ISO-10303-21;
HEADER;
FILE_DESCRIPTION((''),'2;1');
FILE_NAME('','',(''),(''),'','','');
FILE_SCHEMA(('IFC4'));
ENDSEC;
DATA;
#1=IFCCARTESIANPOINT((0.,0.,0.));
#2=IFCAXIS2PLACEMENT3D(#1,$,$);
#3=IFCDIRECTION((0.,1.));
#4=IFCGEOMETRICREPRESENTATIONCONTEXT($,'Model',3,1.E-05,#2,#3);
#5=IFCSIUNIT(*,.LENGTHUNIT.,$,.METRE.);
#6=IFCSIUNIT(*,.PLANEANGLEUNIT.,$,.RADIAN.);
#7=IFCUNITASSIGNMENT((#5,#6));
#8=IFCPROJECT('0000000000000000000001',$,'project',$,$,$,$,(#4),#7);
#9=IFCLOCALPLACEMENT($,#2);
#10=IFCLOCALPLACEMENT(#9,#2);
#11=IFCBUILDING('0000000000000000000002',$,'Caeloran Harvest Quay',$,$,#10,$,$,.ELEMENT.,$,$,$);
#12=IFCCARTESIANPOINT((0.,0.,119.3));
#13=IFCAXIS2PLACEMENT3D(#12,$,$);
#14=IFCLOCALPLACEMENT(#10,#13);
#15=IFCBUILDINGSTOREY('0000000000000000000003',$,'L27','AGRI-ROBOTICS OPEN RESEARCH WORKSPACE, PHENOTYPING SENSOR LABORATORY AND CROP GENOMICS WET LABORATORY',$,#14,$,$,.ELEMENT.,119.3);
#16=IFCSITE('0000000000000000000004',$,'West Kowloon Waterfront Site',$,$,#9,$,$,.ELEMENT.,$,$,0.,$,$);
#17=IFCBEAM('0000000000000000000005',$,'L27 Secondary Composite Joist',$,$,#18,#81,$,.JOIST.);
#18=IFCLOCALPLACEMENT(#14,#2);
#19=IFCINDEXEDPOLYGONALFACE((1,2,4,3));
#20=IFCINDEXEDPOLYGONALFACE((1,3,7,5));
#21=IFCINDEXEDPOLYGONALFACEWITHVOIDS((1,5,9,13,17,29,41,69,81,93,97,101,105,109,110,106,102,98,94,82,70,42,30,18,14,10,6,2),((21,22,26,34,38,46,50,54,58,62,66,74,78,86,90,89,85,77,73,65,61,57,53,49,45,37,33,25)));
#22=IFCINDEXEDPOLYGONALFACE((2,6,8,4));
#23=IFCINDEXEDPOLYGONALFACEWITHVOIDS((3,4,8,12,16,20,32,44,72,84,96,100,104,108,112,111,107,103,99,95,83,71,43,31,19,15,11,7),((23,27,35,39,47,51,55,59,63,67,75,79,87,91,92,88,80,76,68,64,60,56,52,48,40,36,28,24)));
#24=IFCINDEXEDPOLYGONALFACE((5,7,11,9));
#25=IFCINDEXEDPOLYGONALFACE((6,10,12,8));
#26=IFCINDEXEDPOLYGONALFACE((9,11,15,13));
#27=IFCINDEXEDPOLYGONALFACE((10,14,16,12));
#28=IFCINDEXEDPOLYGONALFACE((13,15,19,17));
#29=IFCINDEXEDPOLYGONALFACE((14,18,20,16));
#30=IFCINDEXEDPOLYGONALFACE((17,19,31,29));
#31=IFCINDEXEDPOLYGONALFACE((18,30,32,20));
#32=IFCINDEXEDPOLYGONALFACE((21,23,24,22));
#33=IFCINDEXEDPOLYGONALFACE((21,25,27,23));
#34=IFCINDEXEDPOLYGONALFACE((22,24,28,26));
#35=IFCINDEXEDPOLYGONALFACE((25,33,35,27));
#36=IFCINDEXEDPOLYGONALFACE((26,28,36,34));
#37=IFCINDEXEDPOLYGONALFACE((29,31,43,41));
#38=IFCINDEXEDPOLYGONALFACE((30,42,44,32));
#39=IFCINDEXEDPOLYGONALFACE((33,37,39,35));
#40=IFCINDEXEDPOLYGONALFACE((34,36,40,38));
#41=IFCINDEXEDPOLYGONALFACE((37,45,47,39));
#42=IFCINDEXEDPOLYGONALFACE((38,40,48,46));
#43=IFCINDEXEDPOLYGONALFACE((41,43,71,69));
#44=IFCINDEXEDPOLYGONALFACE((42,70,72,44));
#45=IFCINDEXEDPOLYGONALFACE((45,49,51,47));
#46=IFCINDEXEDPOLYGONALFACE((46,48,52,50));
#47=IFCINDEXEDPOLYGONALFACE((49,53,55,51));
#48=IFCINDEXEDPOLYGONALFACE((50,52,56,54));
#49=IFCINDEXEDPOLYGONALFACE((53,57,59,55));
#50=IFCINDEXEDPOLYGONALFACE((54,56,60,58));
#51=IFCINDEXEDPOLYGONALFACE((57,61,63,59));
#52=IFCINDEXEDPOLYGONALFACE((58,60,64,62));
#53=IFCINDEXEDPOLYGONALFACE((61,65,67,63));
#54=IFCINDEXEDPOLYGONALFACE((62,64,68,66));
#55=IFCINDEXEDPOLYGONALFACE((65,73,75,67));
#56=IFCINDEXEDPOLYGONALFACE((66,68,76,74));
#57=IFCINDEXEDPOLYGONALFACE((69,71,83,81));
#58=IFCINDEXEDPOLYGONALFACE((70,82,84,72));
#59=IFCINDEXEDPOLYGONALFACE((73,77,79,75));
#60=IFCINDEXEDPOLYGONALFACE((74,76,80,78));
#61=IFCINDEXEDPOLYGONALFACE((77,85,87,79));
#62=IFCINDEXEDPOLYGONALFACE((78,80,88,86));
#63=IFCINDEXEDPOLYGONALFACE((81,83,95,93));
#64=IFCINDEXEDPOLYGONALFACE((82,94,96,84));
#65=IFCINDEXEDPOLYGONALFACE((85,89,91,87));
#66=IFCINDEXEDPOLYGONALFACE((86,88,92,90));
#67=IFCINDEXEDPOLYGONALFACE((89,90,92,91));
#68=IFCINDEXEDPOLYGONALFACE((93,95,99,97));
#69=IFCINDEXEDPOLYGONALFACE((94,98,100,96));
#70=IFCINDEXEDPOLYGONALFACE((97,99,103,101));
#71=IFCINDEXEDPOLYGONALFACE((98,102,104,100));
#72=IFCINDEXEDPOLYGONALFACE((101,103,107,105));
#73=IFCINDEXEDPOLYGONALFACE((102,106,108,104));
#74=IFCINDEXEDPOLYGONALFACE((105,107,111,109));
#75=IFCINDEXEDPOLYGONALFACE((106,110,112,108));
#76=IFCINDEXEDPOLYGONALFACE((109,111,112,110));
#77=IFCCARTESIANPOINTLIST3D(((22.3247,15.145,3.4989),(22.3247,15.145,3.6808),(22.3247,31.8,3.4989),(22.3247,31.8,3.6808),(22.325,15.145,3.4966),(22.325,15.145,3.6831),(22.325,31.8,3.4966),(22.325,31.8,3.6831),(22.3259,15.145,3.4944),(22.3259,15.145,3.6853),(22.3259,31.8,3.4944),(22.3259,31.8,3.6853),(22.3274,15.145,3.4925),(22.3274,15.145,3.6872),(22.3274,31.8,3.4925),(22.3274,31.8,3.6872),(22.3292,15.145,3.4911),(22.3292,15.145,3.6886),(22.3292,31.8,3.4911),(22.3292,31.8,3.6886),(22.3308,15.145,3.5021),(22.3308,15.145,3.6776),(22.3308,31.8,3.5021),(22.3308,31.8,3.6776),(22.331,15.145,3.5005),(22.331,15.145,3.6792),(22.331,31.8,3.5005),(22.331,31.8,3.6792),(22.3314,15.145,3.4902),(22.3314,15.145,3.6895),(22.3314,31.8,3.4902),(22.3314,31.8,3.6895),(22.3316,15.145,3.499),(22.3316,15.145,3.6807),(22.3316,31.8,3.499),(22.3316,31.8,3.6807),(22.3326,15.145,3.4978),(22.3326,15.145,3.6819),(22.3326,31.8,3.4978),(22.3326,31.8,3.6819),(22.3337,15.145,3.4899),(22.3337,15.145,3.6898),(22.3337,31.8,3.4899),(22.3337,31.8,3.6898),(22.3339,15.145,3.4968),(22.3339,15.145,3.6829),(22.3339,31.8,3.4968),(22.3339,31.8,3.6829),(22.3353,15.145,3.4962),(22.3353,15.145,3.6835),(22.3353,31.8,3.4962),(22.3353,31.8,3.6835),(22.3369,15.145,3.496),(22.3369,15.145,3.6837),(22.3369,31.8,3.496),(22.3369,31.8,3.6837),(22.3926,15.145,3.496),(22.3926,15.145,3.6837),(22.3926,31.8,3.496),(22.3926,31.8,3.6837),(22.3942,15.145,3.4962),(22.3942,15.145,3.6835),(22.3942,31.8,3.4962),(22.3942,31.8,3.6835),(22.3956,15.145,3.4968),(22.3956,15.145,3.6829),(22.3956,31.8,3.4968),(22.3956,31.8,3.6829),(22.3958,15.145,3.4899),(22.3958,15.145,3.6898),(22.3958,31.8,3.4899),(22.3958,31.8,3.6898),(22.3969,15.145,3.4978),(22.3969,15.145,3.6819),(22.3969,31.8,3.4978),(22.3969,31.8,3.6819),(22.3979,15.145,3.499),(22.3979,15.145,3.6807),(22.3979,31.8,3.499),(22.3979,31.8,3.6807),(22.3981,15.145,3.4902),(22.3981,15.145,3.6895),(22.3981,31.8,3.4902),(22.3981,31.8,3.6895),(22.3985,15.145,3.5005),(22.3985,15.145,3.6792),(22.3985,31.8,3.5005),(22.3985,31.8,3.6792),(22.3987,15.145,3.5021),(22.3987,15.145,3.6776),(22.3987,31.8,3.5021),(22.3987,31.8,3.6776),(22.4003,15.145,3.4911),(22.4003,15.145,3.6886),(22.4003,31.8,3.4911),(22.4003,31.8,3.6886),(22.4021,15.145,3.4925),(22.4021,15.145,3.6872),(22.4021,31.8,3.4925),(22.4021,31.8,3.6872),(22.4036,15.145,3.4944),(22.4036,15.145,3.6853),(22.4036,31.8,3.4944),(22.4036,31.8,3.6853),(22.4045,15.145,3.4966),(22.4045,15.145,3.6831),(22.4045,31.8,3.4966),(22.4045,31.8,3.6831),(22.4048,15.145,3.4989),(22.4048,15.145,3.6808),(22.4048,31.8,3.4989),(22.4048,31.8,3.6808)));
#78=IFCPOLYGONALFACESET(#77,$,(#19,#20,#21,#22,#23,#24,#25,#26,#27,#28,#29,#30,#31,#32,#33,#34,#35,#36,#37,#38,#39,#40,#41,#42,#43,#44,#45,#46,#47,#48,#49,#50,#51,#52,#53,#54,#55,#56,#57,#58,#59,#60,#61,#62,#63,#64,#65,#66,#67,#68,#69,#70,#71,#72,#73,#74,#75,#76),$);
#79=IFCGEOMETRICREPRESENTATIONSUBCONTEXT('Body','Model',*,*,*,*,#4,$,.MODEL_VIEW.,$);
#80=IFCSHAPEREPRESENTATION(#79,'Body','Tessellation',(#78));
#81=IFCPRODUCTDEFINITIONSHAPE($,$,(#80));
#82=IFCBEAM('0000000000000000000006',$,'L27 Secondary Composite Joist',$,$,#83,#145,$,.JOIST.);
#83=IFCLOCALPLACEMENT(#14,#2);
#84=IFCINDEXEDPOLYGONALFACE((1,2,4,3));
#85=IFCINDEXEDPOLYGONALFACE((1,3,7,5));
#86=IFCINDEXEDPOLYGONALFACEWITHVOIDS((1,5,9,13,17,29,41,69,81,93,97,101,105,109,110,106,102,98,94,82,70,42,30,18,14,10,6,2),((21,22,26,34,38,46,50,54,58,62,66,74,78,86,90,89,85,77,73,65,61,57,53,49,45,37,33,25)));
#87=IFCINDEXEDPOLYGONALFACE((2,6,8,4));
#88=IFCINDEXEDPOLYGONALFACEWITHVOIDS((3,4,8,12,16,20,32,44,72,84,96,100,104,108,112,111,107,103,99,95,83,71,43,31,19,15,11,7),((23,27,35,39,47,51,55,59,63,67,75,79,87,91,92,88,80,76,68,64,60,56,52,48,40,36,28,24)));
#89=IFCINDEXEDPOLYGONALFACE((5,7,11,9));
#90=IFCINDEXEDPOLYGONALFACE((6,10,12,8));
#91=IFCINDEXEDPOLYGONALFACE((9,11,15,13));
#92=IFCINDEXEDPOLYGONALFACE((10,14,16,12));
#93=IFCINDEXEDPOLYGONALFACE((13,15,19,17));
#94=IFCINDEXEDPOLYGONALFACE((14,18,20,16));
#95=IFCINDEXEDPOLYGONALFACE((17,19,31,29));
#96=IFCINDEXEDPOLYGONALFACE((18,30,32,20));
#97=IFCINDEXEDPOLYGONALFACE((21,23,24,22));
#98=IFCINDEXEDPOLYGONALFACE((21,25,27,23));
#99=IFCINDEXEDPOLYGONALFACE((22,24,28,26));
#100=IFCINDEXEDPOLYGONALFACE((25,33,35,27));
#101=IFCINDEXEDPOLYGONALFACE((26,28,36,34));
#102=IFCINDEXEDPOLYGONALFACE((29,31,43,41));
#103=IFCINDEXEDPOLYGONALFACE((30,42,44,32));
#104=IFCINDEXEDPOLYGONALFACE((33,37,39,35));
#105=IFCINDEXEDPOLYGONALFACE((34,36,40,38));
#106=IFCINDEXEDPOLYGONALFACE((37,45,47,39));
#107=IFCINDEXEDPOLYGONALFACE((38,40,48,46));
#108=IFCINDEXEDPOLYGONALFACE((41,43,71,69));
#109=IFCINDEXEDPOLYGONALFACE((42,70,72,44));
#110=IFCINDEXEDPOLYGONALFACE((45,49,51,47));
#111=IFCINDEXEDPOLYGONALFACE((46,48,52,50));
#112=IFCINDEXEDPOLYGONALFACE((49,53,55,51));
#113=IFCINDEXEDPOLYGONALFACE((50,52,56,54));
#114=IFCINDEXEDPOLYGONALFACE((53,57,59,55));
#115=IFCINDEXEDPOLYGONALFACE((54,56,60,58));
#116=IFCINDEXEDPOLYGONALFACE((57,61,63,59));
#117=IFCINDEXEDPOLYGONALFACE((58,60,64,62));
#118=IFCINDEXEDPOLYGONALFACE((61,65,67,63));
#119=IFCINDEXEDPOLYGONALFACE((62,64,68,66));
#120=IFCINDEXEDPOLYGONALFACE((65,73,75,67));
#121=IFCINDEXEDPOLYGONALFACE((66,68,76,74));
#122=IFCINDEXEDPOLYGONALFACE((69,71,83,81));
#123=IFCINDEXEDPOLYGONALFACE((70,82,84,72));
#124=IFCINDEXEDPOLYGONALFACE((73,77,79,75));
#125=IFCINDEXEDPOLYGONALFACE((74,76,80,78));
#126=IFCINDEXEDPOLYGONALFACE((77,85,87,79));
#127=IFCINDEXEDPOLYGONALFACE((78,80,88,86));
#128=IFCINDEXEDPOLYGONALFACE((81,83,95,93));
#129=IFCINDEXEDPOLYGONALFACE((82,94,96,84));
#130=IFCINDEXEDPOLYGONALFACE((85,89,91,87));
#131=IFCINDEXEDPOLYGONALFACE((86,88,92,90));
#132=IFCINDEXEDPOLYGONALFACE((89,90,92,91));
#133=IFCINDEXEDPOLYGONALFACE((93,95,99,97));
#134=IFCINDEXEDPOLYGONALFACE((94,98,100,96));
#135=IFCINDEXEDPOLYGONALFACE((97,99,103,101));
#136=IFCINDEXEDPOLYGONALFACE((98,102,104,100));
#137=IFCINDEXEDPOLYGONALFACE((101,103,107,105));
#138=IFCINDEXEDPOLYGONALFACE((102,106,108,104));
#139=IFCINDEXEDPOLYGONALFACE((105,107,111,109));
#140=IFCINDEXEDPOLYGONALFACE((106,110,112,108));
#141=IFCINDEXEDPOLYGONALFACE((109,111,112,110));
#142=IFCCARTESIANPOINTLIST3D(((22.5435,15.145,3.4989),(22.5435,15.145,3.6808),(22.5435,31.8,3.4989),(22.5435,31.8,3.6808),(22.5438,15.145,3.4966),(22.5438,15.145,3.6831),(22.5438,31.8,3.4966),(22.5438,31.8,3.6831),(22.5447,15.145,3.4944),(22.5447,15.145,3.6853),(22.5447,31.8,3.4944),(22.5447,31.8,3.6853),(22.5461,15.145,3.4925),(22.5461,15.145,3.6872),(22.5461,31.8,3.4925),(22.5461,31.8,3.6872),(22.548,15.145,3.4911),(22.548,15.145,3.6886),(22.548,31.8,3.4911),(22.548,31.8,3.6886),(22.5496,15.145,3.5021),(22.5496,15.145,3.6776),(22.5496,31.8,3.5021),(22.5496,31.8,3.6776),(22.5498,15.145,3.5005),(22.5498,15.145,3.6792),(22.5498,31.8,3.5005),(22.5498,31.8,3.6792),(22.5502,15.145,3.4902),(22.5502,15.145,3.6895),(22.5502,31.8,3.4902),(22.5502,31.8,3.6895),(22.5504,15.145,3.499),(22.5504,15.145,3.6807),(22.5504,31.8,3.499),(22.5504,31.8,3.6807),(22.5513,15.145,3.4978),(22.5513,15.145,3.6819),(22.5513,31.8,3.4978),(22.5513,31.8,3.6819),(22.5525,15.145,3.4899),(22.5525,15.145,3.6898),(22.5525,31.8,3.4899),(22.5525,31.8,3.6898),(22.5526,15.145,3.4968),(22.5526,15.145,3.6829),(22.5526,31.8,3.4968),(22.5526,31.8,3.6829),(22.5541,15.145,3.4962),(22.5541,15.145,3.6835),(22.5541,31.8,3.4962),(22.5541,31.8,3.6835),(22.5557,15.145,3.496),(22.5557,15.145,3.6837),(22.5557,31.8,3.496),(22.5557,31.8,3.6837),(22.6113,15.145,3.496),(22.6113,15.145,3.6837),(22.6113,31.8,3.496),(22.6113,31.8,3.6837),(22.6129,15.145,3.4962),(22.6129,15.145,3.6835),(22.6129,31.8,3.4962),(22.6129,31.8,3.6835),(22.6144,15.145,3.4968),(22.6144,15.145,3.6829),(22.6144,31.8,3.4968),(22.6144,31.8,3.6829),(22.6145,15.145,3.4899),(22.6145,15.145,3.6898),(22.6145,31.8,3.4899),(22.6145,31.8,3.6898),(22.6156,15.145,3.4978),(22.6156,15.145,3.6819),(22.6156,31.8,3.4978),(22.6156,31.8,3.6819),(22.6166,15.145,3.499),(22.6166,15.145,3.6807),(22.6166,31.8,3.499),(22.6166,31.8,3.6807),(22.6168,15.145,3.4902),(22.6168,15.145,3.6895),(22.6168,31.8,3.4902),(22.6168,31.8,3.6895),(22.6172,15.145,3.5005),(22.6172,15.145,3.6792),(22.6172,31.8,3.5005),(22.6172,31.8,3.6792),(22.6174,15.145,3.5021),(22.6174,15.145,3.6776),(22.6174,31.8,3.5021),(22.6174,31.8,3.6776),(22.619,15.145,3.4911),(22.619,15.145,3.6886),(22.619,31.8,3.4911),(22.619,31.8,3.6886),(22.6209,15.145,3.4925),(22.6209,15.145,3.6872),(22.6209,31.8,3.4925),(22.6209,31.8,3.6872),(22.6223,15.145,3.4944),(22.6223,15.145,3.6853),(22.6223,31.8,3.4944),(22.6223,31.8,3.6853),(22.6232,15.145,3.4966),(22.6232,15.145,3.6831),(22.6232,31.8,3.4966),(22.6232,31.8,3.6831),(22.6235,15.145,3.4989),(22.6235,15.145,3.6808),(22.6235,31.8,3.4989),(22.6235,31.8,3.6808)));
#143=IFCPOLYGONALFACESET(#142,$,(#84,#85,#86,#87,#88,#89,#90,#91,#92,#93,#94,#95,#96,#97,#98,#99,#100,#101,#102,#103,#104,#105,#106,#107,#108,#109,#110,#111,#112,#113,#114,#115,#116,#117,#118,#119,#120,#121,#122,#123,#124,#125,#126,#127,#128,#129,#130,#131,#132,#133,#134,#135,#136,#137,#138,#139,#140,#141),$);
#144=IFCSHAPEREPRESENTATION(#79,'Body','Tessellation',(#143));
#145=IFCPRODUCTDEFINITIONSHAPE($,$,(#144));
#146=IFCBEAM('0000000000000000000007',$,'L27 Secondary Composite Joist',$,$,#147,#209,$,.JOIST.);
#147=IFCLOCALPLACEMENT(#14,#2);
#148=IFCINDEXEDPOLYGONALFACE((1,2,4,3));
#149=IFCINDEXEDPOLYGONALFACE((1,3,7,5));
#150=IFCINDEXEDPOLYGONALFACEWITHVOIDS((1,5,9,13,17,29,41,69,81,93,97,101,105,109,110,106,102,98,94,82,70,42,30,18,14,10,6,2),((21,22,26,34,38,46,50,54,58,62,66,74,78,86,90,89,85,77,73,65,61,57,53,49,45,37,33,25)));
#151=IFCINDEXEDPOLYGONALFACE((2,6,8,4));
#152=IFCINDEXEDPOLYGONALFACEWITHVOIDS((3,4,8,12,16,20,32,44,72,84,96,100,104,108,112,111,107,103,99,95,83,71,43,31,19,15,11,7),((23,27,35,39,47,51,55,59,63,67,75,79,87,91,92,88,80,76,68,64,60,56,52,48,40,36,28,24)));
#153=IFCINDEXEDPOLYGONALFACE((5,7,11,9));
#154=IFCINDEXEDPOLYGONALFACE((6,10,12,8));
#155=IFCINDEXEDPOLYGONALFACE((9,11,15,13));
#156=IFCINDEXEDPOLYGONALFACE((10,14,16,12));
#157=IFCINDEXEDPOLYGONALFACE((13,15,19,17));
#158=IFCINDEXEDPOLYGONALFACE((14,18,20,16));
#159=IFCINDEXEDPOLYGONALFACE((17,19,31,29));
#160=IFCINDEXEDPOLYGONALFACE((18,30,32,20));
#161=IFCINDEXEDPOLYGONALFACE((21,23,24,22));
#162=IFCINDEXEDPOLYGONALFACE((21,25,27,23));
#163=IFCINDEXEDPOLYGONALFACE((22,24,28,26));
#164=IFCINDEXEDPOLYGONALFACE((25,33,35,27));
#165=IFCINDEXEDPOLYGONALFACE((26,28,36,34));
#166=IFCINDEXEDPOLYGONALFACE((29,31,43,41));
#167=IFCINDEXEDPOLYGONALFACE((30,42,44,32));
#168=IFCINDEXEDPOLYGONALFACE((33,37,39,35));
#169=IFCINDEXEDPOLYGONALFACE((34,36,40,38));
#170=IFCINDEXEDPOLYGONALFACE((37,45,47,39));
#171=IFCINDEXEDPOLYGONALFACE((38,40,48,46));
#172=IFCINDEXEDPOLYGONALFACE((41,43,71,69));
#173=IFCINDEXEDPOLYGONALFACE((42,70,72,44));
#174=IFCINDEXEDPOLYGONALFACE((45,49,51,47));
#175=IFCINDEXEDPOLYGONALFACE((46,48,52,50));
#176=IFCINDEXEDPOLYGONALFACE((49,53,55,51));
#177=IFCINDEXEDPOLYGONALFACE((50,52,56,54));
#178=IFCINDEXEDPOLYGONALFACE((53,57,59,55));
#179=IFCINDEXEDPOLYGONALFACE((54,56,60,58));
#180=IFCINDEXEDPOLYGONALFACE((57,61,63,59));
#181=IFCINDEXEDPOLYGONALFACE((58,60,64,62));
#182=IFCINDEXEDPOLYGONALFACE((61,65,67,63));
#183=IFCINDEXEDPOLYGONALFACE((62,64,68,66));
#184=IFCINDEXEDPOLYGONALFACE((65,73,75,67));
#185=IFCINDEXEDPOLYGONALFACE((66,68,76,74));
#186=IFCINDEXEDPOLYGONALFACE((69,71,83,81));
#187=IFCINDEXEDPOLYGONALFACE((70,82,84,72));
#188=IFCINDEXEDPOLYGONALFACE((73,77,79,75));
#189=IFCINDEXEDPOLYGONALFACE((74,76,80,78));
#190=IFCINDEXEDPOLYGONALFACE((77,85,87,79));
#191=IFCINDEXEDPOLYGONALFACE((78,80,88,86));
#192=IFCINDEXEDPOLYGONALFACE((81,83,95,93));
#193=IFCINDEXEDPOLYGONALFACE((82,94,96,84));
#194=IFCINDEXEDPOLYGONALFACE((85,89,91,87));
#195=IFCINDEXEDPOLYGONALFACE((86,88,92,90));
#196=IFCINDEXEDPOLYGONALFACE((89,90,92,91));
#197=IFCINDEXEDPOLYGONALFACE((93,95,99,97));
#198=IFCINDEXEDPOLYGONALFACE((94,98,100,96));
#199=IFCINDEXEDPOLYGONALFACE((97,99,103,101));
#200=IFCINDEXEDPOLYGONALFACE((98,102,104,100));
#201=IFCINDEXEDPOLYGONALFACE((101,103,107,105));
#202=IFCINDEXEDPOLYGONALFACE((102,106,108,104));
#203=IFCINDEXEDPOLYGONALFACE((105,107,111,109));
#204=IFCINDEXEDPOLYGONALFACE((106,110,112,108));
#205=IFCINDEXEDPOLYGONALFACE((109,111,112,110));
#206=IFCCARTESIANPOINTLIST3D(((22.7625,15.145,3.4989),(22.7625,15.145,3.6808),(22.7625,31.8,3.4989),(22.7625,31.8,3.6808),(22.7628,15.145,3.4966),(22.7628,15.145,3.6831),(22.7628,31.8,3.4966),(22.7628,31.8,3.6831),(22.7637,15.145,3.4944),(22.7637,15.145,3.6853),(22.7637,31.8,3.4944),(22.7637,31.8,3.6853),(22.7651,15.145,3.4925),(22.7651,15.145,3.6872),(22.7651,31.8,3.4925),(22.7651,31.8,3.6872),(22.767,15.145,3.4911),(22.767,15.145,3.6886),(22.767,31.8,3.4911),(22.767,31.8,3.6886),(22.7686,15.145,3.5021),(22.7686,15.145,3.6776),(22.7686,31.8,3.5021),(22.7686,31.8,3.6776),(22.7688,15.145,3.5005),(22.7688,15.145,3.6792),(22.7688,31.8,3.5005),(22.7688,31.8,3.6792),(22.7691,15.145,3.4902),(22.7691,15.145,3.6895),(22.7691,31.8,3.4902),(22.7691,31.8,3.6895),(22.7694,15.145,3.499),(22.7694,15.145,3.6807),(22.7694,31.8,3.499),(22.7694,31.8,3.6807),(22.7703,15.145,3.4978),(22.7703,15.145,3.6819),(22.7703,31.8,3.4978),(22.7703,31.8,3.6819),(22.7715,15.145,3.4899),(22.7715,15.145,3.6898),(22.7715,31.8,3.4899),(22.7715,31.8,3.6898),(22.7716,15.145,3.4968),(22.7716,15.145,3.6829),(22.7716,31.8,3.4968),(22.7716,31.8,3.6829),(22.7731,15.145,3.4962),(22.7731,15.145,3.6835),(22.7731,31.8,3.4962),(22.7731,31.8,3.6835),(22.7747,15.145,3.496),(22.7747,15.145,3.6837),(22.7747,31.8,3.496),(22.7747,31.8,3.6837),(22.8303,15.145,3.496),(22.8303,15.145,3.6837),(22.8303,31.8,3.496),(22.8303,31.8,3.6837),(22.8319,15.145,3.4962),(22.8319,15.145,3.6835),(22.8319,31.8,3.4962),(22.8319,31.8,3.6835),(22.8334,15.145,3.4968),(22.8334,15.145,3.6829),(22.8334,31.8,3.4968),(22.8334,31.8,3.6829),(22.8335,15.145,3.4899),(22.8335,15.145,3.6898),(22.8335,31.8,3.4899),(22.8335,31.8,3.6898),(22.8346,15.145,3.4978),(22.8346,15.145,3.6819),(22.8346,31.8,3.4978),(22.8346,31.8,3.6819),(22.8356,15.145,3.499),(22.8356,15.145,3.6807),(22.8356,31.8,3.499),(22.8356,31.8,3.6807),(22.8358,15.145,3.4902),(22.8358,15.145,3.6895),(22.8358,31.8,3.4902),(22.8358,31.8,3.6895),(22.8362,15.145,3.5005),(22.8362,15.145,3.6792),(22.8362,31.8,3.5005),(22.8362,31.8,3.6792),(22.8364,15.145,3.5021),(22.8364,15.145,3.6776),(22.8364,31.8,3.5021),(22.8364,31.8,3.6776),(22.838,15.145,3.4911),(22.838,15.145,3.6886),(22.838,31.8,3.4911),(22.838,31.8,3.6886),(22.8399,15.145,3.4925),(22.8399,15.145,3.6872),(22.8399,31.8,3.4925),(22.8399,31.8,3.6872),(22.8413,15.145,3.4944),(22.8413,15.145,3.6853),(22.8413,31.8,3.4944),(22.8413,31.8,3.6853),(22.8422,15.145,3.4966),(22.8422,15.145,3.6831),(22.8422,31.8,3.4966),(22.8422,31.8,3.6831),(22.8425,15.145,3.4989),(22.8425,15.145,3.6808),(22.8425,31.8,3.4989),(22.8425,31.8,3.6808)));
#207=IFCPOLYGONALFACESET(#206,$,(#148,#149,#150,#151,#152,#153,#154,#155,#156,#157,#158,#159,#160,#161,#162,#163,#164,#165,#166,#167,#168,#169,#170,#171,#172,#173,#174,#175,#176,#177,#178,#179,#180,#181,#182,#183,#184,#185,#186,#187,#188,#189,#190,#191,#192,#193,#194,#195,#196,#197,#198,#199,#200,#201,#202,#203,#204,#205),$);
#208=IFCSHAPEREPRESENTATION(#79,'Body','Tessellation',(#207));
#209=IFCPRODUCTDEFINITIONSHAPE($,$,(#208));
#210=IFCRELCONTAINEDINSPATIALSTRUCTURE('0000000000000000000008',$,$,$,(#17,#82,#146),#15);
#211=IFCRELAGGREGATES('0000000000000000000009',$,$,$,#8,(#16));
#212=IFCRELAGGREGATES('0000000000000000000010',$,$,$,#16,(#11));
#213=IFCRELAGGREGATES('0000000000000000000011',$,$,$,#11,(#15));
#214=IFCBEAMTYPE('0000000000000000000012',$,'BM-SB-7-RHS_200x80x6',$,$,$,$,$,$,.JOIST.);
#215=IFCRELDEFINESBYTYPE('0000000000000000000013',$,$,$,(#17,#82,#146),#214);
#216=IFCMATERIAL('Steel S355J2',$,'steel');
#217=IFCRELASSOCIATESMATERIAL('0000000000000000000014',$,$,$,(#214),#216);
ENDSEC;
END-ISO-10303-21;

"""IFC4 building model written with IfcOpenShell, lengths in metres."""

from ifc_helpers import new_model, si_unit, direction, frame, origin, origin_2d, place, context, subcontext, project, spatial, hollow_rectangle, extrude, material, material_profile, profile_set, type_object, element, save


model = new_model("IFC4")

# Units and contexts
model_context = context("Model", 3, precision=1e-05, world=origin(), true_north=direction((0.0, 1.0)))
body_context = subcontext(model_context, "Body", "Model", "MODEL_VIEW")
ifc_project = project(units=[si_unit("LENGTHUNIT", "METRE"), si_unit("PLANEANGLEUNIT", "RADIAN")], contexts=[model_context])

# Site, building, storey
site_placement = place(None, origin())
site = spatial("IfcSite", under=ifc_project, at=site_placement, Name="West Kowloon Waterfront Site", CompositionType="ELEMENT", RefElevation=0.0)
building_placement = place(site_placement, origin())
building = spatial("IfcBuilding", under=site, at=building_placement, Name="Caeloran Harvest Quay", CompositionType="ELEMENT")
storey_placement = place(building_placement, frame((0.0, 0.0, 119.3)))
storey = spatial("IfcBuildingStorey", under=building, at=storey_placement, Name="L27", Description="AGRI-ROBOTICS OPEN RESEARCH WORKSPACE, PHENOTYPING SENSOR LABORATORY AND CROP GENOMICS WET LABORATORY", CompositionType="ELEMENT", Elevation=119.3)

# Beams
ifc_material_1 = material(Name="Steel S355J2", Category="steel")
ifc_material_profile_1 = material_profile(ifc_material_1, hollow_rectangle(XDim=0.0801, YDim=0.2, WallThickness=0.0061, InnerFilletRadius=0.0061, OuterFilletRadius=0.009, at=origin_2d()), Name="RHS 200x80x6")
ifc_profile_set_1 = profile_set([ifc_material_profile_1], Name="Steel S355J2")
beam_type_1 = type_object("IfcBeamType", Name="BM-SB-7-RHS_200x80x6", PredefinedType="JOIST", material=ifc_profile_set_1)
for number, where, z_axis, x_axis, name in (
    (1, (22.3647, 15.145, 3.5898), (0.0, 1.0, 0.0), (-1.0, 0.0, 0.0), "L27 Secondary Composite Joist"),
    (2, (22.5835, 15.145, 3.5898), (0.0, 1.0, 0.0), (-1.0, 0.0, 0.0), "L27 Secondary Composite Joist"),
    (3, (22.8025, 15.145, 3.5898), (0.0, 1.0, 0.0), (-1.0, 0.0, 0.0), "L27 Secondary Composite Joist"),
):
    element("IfcBeam", number, at=place(storey_placement, frame(where, z_axis=z_axis, x_axis=x_axis)), inside=storey, type_object=beam_type_1, Name=name, PredefinedType="JOIST", context=body_context, shape_type="SweptSolid", body=[
        extrude(hollow_rectangle(XDim=0.0801, YDim=0.2, WallThickness=0.0061, InnerFilletRadius=0.0061, OuterFilletRadius=0.009, at=origin_2d()), origin(), (0.0, 0.0, 1.0), 16.655),
    ])

save(model, "model.ifc")
